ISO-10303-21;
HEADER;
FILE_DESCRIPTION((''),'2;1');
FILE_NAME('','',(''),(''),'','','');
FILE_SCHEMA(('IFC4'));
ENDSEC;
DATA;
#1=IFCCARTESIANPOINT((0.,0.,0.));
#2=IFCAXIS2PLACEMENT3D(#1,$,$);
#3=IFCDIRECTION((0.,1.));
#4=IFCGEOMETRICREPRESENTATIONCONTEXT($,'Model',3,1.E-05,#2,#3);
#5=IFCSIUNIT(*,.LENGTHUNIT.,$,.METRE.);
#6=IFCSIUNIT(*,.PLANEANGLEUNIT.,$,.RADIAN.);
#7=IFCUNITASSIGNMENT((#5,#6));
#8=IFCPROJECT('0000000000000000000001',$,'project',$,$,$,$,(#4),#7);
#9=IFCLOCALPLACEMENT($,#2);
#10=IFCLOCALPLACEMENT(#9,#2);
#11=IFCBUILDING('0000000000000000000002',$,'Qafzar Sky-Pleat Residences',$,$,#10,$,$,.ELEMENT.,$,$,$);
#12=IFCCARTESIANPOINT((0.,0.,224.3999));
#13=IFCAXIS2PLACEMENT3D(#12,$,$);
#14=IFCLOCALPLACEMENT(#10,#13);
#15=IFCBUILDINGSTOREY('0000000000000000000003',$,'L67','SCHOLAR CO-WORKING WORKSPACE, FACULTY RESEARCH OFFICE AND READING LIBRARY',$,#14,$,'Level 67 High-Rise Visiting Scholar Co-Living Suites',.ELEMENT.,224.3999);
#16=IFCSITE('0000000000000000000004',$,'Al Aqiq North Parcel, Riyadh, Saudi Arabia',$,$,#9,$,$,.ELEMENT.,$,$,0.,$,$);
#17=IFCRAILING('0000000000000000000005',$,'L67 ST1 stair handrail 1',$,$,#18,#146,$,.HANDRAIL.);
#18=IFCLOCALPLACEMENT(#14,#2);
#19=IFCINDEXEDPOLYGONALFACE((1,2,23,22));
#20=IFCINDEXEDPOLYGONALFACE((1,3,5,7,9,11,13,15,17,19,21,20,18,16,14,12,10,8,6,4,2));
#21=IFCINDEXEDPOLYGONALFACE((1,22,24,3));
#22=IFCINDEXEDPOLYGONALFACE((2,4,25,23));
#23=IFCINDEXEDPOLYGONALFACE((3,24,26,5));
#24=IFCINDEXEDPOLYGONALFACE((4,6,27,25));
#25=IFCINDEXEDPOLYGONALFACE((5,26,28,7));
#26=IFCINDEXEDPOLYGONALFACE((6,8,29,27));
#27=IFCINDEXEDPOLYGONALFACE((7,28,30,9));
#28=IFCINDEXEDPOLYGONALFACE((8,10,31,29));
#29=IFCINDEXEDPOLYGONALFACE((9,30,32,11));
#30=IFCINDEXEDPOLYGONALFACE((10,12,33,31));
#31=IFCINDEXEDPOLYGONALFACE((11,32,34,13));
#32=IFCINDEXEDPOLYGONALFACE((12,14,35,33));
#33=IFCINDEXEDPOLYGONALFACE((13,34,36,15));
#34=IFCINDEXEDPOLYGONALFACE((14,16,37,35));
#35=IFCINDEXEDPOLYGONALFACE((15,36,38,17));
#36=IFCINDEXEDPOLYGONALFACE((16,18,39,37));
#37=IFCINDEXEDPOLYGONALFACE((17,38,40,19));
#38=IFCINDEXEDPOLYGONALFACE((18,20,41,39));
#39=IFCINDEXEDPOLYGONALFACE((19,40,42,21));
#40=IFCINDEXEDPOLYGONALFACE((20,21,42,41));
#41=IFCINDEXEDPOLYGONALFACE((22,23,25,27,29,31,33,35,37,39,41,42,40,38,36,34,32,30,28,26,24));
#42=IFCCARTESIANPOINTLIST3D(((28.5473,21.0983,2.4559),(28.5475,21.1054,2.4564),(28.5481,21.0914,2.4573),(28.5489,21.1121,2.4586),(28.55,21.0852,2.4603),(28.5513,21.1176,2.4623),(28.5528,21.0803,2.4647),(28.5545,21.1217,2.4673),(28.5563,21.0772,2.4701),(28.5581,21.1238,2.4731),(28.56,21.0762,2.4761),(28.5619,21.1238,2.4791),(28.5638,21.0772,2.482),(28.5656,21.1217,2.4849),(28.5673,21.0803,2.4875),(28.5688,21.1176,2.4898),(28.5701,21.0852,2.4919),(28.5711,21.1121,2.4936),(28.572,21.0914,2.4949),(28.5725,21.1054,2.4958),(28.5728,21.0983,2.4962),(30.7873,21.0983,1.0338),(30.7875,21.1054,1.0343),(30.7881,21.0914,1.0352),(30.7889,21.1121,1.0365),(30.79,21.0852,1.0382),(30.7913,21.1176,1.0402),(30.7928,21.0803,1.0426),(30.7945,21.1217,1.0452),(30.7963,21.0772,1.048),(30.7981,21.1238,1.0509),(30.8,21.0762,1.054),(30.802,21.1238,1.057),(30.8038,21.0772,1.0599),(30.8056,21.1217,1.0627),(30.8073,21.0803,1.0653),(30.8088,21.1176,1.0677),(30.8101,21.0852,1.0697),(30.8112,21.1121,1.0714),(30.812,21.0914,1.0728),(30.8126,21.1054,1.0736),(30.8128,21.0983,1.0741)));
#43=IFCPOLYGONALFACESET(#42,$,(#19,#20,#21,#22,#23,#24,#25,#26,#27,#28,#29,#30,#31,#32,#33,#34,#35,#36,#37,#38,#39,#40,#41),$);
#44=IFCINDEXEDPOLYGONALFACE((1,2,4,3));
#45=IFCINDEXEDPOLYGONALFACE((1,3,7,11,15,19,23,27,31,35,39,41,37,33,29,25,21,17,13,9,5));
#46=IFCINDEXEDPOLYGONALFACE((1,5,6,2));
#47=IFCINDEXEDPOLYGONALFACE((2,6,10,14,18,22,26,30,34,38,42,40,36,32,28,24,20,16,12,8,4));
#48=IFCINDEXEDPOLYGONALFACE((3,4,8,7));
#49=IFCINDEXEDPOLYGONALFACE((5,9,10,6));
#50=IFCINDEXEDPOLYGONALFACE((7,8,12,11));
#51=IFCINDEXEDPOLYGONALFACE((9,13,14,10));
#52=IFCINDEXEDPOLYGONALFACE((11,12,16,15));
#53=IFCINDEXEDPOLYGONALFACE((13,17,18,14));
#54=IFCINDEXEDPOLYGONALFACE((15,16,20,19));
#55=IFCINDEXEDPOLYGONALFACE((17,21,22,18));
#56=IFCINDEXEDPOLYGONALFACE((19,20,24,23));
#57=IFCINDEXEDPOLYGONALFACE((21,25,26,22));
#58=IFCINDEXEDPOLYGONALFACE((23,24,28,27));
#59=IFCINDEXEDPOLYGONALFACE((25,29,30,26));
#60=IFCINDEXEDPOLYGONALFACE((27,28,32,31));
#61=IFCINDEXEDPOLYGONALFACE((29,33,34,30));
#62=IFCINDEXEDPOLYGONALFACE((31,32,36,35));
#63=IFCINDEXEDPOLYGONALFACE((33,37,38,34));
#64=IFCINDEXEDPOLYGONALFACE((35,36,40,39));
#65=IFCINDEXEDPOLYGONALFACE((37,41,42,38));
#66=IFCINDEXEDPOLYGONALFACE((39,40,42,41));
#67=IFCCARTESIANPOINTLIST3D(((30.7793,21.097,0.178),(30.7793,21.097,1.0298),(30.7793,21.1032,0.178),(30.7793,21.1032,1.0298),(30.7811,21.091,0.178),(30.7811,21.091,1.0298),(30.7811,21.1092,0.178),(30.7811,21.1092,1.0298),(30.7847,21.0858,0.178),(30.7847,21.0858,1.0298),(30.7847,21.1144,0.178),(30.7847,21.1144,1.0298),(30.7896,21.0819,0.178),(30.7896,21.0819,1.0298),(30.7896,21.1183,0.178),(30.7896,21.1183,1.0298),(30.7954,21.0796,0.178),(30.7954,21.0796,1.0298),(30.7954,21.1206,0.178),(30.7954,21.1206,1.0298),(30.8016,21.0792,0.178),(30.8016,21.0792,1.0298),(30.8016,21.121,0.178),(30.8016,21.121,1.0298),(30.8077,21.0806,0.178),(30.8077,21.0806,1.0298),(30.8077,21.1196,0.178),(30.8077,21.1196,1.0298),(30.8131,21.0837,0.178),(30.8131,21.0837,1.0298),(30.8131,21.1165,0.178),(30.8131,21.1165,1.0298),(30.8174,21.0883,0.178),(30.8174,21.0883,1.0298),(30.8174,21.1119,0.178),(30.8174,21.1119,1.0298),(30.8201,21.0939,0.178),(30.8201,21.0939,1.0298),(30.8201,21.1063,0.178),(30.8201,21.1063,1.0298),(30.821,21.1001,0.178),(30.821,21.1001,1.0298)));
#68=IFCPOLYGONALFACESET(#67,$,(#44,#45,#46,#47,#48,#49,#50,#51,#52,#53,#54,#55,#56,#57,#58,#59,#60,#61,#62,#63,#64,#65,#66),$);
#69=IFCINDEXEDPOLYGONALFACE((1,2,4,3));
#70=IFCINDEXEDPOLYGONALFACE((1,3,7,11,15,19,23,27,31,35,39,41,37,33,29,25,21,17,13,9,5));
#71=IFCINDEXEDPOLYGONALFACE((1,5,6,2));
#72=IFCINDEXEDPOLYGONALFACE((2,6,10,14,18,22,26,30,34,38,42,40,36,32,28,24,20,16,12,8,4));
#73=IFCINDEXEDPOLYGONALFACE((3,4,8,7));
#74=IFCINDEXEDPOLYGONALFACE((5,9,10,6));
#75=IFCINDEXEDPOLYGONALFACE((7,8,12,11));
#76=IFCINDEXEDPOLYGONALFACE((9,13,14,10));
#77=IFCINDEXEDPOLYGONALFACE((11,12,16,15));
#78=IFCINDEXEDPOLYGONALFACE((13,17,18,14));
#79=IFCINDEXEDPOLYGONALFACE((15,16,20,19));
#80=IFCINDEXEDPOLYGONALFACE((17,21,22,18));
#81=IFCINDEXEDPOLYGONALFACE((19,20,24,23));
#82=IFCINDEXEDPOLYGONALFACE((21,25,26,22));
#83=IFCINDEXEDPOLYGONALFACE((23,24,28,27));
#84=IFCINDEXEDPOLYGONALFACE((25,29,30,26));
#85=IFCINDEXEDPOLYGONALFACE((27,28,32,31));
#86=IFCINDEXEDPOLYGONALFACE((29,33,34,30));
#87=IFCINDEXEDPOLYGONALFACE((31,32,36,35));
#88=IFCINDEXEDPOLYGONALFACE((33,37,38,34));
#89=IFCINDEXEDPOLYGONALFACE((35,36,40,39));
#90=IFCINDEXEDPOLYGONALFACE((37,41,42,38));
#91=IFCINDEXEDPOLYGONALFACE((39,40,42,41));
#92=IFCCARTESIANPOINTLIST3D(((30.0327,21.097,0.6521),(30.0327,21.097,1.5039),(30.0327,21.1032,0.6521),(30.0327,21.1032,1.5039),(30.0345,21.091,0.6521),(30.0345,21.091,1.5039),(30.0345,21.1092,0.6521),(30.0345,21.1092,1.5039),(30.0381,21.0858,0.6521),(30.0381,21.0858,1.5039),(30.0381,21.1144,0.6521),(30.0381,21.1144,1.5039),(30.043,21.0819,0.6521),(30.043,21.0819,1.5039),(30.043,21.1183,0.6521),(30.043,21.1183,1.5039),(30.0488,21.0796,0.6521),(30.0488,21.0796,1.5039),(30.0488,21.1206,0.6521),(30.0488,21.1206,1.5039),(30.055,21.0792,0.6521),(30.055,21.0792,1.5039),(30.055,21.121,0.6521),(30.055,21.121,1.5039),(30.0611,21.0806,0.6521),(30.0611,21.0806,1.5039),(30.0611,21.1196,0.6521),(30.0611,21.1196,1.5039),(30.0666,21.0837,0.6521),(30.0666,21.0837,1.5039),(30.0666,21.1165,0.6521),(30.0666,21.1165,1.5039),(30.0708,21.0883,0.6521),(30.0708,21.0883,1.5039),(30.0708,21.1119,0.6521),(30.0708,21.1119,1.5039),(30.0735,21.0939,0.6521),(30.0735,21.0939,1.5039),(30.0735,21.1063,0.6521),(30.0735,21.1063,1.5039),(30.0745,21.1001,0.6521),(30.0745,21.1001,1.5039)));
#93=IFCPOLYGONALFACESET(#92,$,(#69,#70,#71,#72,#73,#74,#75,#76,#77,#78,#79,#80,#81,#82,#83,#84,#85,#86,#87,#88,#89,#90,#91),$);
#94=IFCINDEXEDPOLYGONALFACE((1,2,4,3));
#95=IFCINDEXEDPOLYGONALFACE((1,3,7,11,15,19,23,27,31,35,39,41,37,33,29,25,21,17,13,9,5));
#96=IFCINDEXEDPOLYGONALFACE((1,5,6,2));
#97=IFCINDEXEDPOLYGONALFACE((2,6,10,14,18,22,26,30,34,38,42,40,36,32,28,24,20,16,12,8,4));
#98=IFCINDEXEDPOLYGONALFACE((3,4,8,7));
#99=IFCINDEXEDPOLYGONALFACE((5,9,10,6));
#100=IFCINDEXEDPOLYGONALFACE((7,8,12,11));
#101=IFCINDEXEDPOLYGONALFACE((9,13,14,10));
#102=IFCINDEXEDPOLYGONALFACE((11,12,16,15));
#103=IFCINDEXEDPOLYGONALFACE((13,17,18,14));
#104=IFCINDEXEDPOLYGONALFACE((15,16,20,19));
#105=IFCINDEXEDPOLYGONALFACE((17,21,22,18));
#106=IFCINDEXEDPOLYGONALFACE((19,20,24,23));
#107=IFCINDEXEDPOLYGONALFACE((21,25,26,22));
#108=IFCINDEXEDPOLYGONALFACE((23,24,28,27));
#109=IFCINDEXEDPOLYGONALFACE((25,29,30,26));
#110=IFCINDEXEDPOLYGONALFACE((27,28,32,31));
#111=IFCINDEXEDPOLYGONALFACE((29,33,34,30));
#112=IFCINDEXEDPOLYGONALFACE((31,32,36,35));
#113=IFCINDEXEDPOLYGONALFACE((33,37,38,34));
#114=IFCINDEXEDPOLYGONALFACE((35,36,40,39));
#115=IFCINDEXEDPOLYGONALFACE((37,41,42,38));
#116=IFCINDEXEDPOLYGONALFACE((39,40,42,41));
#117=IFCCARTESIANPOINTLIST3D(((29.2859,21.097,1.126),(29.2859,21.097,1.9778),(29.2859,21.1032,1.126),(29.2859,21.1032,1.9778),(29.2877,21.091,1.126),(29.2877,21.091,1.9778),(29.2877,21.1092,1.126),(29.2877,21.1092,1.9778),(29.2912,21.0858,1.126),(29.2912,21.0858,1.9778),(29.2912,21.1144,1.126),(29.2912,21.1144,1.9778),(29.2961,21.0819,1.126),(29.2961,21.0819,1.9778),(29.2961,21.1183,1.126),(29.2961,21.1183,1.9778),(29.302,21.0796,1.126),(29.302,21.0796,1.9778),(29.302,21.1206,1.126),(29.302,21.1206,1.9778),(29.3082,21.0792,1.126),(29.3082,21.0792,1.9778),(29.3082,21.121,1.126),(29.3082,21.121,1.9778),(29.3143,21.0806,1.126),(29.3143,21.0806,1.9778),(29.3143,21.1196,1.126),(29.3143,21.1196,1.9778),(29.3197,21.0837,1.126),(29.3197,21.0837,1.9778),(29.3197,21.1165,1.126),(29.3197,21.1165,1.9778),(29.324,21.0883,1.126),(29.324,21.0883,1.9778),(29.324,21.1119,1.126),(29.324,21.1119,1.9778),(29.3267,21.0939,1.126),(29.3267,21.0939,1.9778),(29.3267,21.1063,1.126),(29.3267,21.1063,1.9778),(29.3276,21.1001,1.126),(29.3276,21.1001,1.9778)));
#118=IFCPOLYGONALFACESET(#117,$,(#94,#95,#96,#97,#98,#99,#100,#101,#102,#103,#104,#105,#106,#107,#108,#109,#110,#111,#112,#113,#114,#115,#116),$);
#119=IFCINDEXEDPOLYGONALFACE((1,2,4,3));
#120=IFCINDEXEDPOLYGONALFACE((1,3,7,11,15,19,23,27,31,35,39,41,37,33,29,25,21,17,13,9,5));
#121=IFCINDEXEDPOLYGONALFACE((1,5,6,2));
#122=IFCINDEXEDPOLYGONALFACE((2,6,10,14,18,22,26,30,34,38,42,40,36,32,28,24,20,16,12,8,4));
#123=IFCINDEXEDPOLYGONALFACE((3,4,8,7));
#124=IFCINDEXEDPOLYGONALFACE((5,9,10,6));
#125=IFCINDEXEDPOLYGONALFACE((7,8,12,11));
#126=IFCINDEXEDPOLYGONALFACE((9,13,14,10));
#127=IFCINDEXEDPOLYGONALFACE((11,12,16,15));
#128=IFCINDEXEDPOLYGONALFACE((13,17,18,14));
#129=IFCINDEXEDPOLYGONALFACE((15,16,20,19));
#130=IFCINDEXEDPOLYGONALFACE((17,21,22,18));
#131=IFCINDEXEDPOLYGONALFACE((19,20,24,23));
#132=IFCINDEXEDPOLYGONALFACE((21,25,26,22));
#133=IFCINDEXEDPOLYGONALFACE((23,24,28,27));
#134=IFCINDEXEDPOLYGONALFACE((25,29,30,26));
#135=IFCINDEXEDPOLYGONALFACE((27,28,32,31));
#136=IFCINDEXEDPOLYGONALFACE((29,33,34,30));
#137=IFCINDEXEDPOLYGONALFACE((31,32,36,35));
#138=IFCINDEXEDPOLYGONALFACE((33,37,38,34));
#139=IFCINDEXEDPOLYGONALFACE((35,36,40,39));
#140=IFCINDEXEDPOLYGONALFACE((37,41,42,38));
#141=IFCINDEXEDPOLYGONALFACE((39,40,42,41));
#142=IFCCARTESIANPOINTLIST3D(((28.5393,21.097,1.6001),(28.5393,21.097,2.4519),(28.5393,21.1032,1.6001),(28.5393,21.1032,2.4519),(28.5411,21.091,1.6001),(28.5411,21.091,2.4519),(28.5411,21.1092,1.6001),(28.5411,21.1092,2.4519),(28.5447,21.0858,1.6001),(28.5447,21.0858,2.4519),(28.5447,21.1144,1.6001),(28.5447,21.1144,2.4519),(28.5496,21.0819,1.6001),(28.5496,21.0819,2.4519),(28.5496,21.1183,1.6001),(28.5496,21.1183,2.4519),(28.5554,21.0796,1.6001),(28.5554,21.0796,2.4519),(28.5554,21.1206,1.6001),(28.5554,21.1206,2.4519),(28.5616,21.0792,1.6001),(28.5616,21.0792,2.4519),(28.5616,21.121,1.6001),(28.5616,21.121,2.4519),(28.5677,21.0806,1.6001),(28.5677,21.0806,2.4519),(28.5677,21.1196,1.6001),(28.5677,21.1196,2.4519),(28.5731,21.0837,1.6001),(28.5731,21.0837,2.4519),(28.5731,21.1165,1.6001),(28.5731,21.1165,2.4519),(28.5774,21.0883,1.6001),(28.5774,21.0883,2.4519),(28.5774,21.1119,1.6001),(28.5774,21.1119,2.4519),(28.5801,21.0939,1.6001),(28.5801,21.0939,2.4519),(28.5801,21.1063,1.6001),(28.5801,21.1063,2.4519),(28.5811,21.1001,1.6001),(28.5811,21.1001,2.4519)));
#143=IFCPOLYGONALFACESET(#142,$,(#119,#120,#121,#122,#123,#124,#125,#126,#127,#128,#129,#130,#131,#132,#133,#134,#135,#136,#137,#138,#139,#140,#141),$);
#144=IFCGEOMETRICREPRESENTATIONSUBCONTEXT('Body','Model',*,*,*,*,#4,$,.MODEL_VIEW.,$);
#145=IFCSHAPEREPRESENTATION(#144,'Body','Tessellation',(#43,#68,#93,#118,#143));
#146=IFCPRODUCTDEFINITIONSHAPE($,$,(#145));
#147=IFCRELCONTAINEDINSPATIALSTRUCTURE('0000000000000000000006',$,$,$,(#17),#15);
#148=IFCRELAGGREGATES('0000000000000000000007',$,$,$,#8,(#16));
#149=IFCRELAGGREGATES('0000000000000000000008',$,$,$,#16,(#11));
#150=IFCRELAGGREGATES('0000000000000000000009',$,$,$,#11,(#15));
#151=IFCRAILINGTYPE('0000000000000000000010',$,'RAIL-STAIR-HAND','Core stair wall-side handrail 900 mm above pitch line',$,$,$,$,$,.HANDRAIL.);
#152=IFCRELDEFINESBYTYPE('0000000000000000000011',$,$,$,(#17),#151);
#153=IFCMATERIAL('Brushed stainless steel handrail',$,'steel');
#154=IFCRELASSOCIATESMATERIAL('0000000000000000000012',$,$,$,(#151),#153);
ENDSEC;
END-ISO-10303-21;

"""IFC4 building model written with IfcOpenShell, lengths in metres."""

from ifc_helpers import new_model, si_unit, direction, frame, origin, origin_2d, place, context, subcontext, project, spatial, circle, extrude, source, transform, mapped, material, type_object, element, save


model = new_model("IFC4")

# Units and contexts
model_context = context("Model", 3, precision=1e-05, world=origin(), true_north=direction((0.0, 1.0)))
body_context = subcontext(model_context, "Body", "Model", "MODEL_VIEW")
ifc_project = project(units=[si_unit("LENGTHUNIT", "METRE"), si_unit("PLANEANGLEUNIT", "RADIAN")], contexts=[model_context])

# Site, building, storey
site_placement = place(None, origin())
site = spatial("IfcSite", under=ifc_project, at=site_placement, Name="Al Aqiq North Parcel, Riyadh, Saudi Arabia", CompositionType="ELEMENT", RefElevation=0.0)
building_placement = place(site_placement, origin())
building = spatial("IfcBuilding", under=site, at=building_placement, Name="Qafzar Sky-Pleat Residences", CompositionType="ELEMENT")
storey_placement = place(building_placement, frame((0.0, 0.0, 224.3999)))
storey = spatial("IfcBuildingStorey", under=building, at=storey_placement, Name="L67", Description="SCHOLAR CO-WORKING WORKSPACE, FACULTY RESEARCH OFFICE AND READING LIBRARY", LongName="Level 67 High-Rise Visiting Scholar Co-Living Suites", CompositionType="ELEMENT", Elevation=224.3999)

# Railing
ifc_material_1 = material(Name="Brushed stainless steel handrail", Category="steel")
railing_type_1 = type_object("IfcRailingType", Name="RAIL-STAIR-HAND", Description="Core stair wall-side handrail 900 mm above pitch line", PredefinedType="HANDRAIL", material=ifc_material_1)
shared_shape_1 = source(origin(), body_context, "Body", "SweptSolid", [
    extrude(circle(Radius=0.0239, at=origin_2d()), frame((0.0, 0.0, 0.876), z_axis=(-0.844229, 0.0, 0.535982), x_axis=(0.0, -1.0, 0.0)), (0.0, 0.0, 1.0), 2.6533),
    extrude(circle(Radius=0.021, at=origin_2d()), origin(), (0.0, 0.0, 1.0), 0.8518),
    extrude(circle(Radius=0.021, at=origin_2d()), frame((-0.7466, 0.0, 0.4741)), (0.0, 0.0, 1.0), 0.8518),
    extrude(circle(Radius=0.021, at=origin_2d()), frame((-1.4934, 0.0, 0.948)), (0.0, 0.0, 1.0), 0.8518),
    extrude(circle(Radius=0.021, at=origin_2d()), frame((-2.24, 0.0, 1.4221)), (0.0, 0.0, 1.0), 0.8518),
])
railing_1_placement = place(storey_placement, frame((30.8, 21.1001, 0.178)))
element("IfcRailing", 1, at=railing_1_placement, inside=storey, type_object=railing_type_1, Name="L67 ST1 stair handrail 1", PredefinedType="HANDRAIL", context=body_context, shape_type="MappedRepresentation", body=[
    mapped(shared_shape_1, transform((0.0, 0.0, 0.0), x_axis=(1.0, 0.0, 0.0), y_axis=(0.0, 1.0, 0.0), z_axis=(0.0, 0.0, 1.0), scale=1.0)),
])

save(model, "model.ifc")
